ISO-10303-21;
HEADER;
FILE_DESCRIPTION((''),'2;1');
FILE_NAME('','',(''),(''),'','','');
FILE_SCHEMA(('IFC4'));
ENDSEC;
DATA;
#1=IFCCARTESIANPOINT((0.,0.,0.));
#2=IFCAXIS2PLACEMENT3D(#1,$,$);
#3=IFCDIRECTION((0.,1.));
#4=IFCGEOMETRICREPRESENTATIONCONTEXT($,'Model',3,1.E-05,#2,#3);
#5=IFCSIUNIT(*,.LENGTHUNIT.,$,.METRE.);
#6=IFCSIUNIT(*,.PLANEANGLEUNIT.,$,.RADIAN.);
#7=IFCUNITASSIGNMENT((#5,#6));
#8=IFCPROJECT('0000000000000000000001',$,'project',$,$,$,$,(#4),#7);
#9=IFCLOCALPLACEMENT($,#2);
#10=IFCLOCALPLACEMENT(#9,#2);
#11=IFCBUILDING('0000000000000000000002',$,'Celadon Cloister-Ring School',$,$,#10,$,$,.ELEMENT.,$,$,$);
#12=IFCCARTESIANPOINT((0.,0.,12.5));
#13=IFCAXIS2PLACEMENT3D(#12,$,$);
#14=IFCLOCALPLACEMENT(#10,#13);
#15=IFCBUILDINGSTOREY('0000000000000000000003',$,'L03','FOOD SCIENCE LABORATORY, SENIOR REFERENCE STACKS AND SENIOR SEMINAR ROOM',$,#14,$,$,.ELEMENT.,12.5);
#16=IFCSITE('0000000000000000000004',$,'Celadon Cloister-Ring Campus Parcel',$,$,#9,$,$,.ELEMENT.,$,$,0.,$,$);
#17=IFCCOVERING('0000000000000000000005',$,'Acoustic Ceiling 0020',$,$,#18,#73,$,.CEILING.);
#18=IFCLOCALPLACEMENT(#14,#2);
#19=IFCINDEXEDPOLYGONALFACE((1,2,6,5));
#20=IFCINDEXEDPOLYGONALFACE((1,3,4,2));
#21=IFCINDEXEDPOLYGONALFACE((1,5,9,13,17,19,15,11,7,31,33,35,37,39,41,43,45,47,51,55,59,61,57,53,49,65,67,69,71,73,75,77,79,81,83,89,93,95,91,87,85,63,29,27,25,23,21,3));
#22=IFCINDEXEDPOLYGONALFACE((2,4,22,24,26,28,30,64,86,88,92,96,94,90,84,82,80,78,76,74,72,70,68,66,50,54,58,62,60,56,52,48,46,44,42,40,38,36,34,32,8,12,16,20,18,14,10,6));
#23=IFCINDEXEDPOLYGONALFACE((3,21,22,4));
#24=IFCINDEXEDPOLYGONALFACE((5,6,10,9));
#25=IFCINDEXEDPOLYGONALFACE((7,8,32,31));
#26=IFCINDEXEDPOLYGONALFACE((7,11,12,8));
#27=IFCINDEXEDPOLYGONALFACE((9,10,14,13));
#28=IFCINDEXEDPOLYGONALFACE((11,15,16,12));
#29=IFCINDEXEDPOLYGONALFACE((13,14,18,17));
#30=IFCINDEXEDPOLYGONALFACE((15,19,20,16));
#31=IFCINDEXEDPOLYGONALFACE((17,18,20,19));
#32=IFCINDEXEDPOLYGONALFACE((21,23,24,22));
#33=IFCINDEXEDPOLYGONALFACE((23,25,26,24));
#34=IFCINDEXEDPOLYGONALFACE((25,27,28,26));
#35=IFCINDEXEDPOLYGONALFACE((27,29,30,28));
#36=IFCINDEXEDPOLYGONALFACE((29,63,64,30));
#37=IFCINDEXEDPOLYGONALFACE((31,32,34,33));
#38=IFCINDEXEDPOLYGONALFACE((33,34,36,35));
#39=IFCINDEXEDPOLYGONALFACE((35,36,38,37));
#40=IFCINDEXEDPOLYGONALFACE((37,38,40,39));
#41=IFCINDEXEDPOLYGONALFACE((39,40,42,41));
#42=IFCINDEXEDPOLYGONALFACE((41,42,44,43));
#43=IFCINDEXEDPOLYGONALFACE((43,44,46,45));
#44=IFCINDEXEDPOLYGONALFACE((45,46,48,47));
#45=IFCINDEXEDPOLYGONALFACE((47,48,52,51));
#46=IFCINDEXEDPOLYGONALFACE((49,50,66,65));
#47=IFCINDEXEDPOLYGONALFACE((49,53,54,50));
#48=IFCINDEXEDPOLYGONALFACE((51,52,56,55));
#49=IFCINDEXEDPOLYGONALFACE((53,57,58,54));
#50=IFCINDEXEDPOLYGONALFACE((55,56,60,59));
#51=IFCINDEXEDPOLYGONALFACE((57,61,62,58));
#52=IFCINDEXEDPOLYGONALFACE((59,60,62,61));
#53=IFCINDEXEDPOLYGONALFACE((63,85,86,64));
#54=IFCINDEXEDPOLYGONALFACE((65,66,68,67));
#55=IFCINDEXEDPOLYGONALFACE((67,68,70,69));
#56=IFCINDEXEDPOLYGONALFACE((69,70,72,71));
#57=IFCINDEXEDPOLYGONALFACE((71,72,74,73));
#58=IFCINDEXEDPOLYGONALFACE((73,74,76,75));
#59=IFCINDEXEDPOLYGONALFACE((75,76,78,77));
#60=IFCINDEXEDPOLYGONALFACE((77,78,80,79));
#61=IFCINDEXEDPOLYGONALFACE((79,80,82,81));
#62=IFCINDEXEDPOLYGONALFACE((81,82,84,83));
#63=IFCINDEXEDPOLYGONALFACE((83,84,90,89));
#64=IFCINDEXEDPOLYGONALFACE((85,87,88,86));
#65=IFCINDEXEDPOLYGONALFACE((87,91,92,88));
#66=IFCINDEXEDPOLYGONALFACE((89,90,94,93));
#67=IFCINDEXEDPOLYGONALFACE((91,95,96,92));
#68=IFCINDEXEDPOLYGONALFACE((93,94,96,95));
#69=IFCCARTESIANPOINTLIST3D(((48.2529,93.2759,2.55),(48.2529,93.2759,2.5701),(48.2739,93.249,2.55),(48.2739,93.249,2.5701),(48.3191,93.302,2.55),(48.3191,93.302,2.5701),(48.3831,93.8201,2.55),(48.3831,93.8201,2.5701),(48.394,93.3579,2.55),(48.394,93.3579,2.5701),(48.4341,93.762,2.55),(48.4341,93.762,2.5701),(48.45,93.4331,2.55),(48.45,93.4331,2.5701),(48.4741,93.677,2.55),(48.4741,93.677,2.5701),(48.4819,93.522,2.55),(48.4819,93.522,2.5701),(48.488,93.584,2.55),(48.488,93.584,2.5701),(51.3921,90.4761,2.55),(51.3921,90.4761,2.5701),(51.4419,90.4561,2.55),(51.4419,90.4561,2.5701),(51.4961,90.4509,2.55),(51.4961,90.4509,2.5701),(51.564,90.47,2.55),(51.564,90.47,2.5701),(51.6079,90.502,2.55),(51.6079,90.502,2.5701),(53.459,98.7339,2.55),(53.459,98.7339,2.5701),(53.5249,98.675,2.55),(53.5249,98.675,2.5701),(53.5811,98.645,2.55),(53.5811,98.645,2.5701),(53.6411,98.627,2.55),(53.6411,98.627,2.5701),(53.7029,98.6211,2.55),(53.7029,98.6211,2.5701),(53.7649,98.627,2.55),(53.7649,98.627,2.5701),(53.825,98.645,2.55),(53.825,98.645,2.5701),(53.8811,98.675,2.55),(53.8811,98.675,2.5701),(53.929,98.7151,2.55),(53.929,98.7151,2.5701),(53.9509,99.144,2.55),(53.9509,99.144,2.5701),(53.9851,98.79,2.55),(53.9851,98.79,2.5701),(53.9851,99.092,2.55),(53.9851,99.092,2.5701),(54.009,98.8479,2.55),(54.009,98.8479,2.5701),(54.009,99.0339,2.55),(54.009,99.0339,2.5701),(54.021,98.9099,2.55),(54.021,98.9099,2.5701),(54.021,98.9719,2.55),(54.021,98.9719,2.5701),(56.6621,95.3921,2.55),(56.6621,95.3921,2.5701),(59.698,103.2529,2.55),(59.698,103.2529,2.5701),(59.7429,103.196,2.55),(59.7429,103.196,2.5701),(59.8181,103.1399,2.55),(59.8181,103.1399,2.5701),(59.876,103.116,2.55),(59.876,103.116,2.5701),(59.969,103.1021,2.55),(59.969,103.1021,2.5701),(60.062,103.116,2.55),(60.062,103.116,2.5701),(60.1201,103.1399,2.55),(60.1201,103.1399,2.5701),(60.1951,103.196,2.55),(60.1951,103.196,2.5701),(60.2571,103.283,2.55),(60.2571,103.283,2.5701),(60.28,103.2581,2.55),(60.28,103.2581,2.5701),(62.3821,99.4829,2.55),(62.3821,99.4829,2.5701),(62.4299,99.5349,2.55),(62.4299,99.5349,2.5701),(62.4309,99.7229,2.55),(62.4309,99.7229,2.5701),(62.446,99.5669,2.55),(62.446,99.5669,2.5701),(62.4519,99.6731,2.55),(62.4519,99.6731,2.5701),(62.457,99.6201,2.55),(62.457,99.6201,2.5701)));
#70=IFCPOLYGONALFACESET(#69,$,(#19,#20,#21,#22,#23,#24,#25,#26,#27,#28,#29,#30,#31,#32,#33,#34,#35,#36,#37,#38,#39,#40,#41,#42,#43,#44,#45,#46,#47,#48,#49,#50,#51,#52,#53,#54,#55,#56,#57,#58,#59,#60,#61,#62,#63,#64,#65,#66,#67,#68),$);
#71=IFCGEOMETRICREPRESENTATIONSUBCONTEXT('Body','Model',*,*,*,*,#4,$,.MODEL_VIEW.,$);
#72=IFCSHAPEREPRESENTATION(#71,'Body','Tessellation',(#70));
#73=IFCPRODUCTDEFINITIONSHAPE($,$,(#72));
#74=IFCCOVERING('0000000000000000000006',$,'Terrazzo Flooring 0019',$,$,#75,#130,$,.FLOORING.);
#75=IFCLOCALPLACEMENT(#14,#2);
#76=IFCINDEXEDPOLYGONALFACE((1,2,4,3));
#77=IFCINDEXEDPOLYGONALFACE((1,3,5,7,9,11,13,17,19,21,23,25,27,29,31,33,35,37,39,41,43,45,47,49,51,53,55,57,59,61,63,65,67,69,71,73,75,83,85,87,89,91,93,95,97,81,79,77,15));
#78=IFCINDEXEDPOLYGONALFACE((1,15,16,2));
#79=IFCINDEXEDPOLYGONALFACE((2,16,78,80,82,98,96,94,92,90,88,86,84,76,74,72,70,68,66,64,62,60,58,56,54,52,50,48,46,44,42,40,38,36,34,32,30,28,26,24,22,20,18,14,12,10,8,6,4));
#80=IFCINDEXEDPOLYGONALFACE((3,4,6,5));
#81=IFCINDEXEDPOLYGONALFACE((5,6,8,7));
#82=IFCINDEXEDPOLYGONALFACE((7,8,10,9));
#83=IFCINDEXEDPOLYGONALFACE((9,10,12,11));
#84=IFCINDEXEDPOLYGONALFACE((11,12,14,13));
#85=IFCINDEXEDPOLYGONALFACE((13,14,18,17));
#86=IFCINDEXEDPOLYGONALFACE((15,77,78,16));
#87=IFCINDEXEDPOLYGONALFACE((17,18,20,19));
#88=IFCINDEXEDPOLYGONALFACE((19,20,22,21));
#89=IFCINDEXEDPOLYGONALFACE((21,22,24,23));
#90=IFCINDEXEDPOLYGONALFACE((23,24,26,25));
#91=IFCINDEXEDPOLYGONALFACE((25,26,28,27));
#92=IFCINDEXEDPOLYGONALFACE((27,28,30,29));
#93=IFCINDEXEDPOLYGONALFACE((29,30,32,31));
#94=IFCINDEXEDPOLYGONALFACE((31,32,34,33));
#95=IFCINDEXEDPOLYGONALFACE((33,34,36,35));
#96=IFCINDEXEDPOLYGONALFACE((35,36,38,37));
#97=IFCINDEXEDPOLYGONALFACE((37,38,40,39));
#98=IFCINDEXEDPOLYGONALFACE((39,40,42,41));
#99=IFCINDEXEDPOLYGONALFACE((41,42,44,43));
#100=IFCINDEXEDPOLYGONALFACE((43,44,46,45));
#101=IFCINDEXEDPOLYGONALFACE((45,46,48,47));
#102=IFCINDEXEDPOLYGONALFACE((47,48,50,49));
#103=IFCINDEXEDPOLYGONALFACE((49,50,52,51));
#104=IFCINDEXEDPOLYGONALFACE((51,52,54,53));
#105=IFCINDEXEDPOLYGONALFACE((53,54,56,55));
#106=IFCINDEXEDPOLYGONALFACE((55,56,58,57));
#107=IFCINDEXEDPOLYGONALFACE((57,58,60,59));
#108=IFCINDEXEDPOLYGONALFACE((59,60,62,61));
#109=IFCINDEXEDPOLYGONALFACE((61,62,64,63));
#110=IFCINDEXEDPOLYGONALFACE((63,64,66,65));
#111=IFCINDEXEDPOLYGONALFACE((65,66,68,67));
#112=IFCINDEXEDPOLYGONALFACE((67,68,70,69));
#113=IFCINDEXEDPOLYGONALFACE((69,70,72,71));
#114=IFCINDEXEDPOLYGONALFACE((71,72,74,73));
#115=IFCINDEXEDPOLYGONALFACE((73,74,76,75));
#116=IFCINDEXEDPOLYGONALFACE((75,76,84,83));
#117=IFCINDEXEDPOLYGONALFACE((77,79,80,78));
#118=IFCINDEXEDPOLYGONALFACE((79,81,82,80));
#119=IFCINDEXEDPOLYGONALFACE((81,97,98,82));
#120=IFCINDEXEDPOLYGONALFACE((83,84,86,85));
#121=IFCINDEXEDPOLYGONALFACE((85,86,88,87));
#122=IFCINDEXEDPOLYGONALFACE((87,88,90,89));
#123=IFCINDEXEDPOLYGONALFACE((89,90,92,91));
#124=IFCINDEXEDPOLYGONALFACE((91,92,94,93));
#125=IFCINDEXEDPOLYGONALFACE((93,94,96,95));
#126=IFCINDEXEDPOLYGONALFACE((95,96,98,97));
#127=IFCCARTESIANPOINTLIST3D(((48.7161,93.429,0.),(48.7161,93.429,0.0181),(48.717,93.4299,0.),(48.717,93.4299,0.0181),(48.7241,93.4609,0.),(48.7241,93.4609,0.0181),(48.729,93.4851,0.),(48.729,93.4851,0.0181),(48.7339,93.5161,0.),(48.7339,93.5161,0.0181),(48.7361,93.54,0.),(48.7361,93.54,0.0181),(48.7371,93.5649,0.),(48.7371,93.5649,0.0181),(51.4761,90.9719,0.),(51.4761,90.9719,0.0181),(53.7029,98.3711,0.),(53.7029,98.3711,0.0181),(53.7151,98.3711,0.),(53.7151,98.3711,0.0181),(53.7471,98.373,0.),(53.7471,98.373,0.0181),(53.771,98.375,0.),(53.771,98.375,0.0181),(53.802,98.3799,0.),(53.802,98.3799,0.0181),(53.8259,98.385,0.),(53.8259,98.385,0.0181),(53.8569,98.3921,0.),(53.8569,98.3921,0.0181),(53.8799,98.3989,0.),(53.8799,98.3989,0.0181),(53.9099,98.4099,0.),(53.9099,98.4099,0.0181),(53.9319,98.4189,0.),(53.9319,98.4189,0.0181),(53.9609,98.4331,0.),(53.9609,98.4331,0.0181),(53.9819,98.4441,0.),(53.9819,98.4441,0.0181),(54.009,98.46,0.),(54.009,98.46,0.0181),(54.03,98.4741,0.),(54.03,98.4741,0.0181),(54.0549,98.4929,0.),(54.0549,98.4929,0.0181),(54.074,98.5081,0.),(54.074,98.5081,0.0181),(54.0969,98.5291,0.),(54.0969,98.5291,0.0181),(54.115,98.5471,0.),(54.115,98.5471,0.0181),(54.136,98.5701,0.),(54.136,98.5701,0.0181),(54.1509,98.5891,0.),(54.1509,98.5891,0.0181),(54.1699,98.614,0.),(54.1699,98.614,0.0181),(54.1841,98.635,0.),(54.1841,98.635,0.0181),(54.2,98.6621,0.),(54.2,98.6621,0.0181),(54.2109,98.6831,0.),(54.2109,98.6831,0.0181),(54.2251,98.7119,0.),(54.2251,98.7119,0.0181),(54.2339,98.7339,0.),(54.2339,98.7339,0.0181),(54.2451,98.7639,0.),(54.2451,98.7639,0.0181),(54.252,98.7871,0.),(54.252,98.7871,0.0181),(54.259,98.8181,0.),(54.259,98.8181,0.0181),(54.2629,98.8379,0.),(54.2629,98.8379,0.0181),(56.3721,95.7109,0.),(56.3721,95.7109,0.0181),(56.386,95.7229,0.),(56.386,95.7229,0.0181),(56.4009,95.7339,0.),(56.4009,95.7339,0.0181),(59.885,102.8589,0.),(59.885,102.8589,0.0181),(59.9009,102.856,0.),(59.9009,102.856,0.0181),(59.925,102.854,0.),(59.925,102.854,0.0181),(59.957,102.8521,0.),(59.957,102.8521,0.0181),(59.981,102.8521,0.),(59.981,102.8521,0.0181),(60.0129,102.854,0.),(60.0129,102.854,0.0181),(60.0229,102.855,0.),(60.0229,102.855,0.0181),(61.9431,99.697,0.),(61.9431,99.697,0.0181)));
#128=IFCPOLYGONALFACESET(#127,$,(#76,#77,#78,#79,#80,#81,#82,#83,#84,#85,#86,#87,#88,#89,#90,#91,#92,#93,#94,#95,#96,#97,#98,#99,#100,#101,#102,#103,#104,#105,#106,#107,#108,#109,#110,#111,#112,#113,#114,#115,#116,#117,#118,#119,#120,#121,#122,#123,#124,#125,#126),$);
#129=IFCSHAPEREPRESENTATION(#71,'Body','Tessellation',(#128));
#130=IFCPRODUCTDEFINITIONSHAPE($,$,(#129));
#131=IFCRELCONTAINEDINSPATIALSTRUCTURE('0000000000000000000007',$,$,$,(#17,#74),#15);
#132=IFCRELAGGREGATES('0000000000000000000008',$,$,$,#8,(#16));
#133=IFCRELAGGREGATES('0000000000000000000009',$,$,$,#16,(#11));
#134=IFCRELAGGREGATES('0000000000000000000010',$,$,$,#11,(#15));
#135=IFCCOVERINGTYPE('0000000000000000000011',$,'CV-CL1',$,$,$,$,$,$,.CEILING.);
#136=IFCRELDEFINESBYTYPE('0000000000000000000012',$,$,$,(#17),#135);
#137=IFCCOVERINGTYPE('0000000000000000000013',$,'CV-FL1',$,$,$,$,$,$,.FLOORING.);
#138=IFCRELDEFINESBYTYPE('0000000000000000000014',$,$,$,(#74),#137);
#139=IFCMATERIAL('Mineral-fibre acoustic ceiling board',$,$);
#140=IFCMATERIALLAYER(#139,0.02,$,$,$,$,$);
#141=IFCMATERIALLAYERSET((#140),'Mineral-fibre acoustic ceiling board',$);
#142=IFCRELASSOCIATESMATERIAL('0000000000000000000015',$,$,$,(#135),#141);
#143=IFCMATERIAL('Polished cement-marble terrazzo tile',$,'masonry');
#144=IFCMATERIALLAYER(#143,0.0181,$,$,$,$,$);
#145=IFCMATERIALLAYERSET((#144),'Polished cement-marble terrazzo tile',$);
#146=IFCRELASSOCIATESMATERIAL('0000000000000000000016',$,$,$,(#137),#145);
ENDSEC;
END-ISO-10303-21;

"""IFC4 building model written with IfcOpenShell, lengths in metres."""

from ifc_helpers import new_model, si_unit, direction, frame, origin, place, context, subcontext, project, spatial, polyline, outline, extrude, material, layer, layer_set, type_object, element, save


model = new_model("IFC4")

# Units and contexts
model_context = context("Model", 3, precision=1e-05, world=origin(), true_north=direction((0.0, 1.0)))
body_context = subcontext(model_context, "Body", "Model", "MODEL_VIEW")
ifc_project = project(units=[si_unit("LENGTHUNIT", "METRE"), si_unit("PLANEANGLEUNIT", "RADIAN")], contexts=[model_context])

# Site, building, storey
site_placement = place(None, origin())
site = spatial("IfcSite", under=ifc_project, at=site_placement, Name="Celadon Cloister-Ring Campus Parcel", CompositionType="ELEMENT", RefElevation=0.0)
building_placement = place(site_placement, origin())
building = spatial("IfcBuilding", under=site, at=building_placement, Name="Celadon Cloister-Ring School", CompositionType="ELEMENT")
storey_placement = place(building_placement, frame((0.0, 0.0, 12.5)))
storey = spatial("IfcBuildingStorey", under=building, at=storey_placement, Name="L03", Description="FOOD SCIENCE LABORATORY, SENIOR REFERENCE STACKS AND SENIOR SEMINAR ROOM", CompositionType="ELEMENT", Elevation=12.5)

# Coverings
ifc_material_1 = material(Name="Mineral-fibre acoustic ceiling board")
ifc_layer_1 = layer(ifc_material_1, 0.02)
ifc_layer_set_1 = layer_set([ifc_layer_1], Name="Mineral-fibre acoustic ceiling board")
covering_type_1 = type_object("IfcCoveringType", Name="CV-CL1", PredefinedType="CEILING", material=ifc_layer_set_1)
covering_1_placement = place(storey_placement, frame((0.0, 0.0, 2.55)))
element("IfcCovering", 1, at=covering_1_placement, inside=storey, type_object=covering_type_1, Name="Acoustic Ceiling 0020", PredefinedType="CEILING", context=body_context, shape_type="SweptSolid", body=[
    extrude(outline(polyline([(59.698, 103.2529), (59.7429, 103.196), (59.8181, 103.1399), (59.876, 103.116), (59.969, 103.1021), (60.062, 103.116), (60.1201, 103.1399), (60.1951, 103.196), (60.2571, 103.283), (60.28, 103.2581), (62.4309, 99.7229), (62.4519, 99.6731), (62.457, 99.6201), (62.446, 99.5669), (62.4299, 99.5349), (62.3821, 99.4829), (56.6621, 95.3921), (51.6079, 90.502), (51.564, 90.47), (51.4961, 90.4509), (51.4419, 90.4561), (51.3921, 90.4761), (48.2739, 93.249), (48.2529, 93.2759), (48.3191, 93.302), (48.394, 93.3579), (48.45, 93.4331), (48.4819, 93.522), (48.488, 93.584), (48.4741, 93.677), (48.4341, 93.762), (48.3831, 93.8201), (53.459, 98.7339), (53.5249, 98.675), (53.5811, 98.645), (53.6411, 98.627), (53.7029, 98.6211), (53.7649, 98.627), (53.825, 98.645), (53.8811, 98.675), (53.929, 98.7151), (53.9851, 98.79), (54.009, 98.8479), (54.021, 98.9099), (54.021, 98.9719), (54.009, 99.0339), (53.9851, 99.092), (53.9509, 99.144), (59.698, 103.2529)])), origin(), (0.0, 0.0, 1.0), 0.02),
])
ifc_material_2 = material(Name="Polished cement-marble terrazzo tile", Category="masonry")
ifc_layer_2 = layer(ifc_material_2, 0.0181)
ifc_layer_set_2 = layer_set([ifc_layer_2], Name="Polished cement-marble terrazzo tile")
covering_type_2 = type_object("IfcCoveringType", Name="CV-FL1", PredefinedType="FLOORING", material=ifc_layer_set_2)
covering_2_placement = place(storey_placement, origin())
element("IfcCovering", 2, at=covering_2_placement, inside=storey, type_object=covering_type_2, Name="Terrazzo Flooring 0019", PredefinedType="FLOORING", context=body_context, shape_type="SweptSolid", body=[
    extrude(outline(polyline([(48.7161, 93.429), (48.717, 93.4299), (48.7241, 93.4609), (48.729, 93.4851), (48.7339, 93.5161), (48.7361, 93.54), (48.7371, 93.5649), (53.7029, 98.3711), (53.7151, 98.3711), (53.7471, 98.373), (53.771, 98.375), (53.802, 98.3799), (53.8259, 98.385), (53.8569, 98.3921), (53.8799, 98.3989), (53.9099, 98.4099), (53.9319, 98.4189), (53.9609, 98.4331), (53.9819, 98.4441), (54.009, 98.46), (54.03, 98.4741), (54.0549, 98.4929), (54.074, 98.5081), (54.0969, 98.5291), (54.115, 98.5471), (54.136, 98.5701), (54.1509, 98.5891), (54.1699, 98.614), (54.1841, 98.635), (54.2, 98.6621), (54.2109, 98.6831), (54.2251, 98.7119), (54.2339, 98.7339), (54.2451, 98.7639), (54.252, 98.7871), (54.259, 98.8181), (54.2629, 98.8379), (59.885, 102.8589), (59.9009, 102.856), (59.925, 102.854), (59.957, 102.8521), (59.981, 102.8521), (60.0129, 102.854), (60.0229, 102.855), (61.9431, 99.697), (56.4009, 95.7339), (56.386, 95.7229), (56.3721, 95.7109), (51.4761, 90.9719), (48.7161, 93.429)])), origin(), (0.0, 0.0, 1.0), 0.0181),
])

save(model, "model.ifc")
